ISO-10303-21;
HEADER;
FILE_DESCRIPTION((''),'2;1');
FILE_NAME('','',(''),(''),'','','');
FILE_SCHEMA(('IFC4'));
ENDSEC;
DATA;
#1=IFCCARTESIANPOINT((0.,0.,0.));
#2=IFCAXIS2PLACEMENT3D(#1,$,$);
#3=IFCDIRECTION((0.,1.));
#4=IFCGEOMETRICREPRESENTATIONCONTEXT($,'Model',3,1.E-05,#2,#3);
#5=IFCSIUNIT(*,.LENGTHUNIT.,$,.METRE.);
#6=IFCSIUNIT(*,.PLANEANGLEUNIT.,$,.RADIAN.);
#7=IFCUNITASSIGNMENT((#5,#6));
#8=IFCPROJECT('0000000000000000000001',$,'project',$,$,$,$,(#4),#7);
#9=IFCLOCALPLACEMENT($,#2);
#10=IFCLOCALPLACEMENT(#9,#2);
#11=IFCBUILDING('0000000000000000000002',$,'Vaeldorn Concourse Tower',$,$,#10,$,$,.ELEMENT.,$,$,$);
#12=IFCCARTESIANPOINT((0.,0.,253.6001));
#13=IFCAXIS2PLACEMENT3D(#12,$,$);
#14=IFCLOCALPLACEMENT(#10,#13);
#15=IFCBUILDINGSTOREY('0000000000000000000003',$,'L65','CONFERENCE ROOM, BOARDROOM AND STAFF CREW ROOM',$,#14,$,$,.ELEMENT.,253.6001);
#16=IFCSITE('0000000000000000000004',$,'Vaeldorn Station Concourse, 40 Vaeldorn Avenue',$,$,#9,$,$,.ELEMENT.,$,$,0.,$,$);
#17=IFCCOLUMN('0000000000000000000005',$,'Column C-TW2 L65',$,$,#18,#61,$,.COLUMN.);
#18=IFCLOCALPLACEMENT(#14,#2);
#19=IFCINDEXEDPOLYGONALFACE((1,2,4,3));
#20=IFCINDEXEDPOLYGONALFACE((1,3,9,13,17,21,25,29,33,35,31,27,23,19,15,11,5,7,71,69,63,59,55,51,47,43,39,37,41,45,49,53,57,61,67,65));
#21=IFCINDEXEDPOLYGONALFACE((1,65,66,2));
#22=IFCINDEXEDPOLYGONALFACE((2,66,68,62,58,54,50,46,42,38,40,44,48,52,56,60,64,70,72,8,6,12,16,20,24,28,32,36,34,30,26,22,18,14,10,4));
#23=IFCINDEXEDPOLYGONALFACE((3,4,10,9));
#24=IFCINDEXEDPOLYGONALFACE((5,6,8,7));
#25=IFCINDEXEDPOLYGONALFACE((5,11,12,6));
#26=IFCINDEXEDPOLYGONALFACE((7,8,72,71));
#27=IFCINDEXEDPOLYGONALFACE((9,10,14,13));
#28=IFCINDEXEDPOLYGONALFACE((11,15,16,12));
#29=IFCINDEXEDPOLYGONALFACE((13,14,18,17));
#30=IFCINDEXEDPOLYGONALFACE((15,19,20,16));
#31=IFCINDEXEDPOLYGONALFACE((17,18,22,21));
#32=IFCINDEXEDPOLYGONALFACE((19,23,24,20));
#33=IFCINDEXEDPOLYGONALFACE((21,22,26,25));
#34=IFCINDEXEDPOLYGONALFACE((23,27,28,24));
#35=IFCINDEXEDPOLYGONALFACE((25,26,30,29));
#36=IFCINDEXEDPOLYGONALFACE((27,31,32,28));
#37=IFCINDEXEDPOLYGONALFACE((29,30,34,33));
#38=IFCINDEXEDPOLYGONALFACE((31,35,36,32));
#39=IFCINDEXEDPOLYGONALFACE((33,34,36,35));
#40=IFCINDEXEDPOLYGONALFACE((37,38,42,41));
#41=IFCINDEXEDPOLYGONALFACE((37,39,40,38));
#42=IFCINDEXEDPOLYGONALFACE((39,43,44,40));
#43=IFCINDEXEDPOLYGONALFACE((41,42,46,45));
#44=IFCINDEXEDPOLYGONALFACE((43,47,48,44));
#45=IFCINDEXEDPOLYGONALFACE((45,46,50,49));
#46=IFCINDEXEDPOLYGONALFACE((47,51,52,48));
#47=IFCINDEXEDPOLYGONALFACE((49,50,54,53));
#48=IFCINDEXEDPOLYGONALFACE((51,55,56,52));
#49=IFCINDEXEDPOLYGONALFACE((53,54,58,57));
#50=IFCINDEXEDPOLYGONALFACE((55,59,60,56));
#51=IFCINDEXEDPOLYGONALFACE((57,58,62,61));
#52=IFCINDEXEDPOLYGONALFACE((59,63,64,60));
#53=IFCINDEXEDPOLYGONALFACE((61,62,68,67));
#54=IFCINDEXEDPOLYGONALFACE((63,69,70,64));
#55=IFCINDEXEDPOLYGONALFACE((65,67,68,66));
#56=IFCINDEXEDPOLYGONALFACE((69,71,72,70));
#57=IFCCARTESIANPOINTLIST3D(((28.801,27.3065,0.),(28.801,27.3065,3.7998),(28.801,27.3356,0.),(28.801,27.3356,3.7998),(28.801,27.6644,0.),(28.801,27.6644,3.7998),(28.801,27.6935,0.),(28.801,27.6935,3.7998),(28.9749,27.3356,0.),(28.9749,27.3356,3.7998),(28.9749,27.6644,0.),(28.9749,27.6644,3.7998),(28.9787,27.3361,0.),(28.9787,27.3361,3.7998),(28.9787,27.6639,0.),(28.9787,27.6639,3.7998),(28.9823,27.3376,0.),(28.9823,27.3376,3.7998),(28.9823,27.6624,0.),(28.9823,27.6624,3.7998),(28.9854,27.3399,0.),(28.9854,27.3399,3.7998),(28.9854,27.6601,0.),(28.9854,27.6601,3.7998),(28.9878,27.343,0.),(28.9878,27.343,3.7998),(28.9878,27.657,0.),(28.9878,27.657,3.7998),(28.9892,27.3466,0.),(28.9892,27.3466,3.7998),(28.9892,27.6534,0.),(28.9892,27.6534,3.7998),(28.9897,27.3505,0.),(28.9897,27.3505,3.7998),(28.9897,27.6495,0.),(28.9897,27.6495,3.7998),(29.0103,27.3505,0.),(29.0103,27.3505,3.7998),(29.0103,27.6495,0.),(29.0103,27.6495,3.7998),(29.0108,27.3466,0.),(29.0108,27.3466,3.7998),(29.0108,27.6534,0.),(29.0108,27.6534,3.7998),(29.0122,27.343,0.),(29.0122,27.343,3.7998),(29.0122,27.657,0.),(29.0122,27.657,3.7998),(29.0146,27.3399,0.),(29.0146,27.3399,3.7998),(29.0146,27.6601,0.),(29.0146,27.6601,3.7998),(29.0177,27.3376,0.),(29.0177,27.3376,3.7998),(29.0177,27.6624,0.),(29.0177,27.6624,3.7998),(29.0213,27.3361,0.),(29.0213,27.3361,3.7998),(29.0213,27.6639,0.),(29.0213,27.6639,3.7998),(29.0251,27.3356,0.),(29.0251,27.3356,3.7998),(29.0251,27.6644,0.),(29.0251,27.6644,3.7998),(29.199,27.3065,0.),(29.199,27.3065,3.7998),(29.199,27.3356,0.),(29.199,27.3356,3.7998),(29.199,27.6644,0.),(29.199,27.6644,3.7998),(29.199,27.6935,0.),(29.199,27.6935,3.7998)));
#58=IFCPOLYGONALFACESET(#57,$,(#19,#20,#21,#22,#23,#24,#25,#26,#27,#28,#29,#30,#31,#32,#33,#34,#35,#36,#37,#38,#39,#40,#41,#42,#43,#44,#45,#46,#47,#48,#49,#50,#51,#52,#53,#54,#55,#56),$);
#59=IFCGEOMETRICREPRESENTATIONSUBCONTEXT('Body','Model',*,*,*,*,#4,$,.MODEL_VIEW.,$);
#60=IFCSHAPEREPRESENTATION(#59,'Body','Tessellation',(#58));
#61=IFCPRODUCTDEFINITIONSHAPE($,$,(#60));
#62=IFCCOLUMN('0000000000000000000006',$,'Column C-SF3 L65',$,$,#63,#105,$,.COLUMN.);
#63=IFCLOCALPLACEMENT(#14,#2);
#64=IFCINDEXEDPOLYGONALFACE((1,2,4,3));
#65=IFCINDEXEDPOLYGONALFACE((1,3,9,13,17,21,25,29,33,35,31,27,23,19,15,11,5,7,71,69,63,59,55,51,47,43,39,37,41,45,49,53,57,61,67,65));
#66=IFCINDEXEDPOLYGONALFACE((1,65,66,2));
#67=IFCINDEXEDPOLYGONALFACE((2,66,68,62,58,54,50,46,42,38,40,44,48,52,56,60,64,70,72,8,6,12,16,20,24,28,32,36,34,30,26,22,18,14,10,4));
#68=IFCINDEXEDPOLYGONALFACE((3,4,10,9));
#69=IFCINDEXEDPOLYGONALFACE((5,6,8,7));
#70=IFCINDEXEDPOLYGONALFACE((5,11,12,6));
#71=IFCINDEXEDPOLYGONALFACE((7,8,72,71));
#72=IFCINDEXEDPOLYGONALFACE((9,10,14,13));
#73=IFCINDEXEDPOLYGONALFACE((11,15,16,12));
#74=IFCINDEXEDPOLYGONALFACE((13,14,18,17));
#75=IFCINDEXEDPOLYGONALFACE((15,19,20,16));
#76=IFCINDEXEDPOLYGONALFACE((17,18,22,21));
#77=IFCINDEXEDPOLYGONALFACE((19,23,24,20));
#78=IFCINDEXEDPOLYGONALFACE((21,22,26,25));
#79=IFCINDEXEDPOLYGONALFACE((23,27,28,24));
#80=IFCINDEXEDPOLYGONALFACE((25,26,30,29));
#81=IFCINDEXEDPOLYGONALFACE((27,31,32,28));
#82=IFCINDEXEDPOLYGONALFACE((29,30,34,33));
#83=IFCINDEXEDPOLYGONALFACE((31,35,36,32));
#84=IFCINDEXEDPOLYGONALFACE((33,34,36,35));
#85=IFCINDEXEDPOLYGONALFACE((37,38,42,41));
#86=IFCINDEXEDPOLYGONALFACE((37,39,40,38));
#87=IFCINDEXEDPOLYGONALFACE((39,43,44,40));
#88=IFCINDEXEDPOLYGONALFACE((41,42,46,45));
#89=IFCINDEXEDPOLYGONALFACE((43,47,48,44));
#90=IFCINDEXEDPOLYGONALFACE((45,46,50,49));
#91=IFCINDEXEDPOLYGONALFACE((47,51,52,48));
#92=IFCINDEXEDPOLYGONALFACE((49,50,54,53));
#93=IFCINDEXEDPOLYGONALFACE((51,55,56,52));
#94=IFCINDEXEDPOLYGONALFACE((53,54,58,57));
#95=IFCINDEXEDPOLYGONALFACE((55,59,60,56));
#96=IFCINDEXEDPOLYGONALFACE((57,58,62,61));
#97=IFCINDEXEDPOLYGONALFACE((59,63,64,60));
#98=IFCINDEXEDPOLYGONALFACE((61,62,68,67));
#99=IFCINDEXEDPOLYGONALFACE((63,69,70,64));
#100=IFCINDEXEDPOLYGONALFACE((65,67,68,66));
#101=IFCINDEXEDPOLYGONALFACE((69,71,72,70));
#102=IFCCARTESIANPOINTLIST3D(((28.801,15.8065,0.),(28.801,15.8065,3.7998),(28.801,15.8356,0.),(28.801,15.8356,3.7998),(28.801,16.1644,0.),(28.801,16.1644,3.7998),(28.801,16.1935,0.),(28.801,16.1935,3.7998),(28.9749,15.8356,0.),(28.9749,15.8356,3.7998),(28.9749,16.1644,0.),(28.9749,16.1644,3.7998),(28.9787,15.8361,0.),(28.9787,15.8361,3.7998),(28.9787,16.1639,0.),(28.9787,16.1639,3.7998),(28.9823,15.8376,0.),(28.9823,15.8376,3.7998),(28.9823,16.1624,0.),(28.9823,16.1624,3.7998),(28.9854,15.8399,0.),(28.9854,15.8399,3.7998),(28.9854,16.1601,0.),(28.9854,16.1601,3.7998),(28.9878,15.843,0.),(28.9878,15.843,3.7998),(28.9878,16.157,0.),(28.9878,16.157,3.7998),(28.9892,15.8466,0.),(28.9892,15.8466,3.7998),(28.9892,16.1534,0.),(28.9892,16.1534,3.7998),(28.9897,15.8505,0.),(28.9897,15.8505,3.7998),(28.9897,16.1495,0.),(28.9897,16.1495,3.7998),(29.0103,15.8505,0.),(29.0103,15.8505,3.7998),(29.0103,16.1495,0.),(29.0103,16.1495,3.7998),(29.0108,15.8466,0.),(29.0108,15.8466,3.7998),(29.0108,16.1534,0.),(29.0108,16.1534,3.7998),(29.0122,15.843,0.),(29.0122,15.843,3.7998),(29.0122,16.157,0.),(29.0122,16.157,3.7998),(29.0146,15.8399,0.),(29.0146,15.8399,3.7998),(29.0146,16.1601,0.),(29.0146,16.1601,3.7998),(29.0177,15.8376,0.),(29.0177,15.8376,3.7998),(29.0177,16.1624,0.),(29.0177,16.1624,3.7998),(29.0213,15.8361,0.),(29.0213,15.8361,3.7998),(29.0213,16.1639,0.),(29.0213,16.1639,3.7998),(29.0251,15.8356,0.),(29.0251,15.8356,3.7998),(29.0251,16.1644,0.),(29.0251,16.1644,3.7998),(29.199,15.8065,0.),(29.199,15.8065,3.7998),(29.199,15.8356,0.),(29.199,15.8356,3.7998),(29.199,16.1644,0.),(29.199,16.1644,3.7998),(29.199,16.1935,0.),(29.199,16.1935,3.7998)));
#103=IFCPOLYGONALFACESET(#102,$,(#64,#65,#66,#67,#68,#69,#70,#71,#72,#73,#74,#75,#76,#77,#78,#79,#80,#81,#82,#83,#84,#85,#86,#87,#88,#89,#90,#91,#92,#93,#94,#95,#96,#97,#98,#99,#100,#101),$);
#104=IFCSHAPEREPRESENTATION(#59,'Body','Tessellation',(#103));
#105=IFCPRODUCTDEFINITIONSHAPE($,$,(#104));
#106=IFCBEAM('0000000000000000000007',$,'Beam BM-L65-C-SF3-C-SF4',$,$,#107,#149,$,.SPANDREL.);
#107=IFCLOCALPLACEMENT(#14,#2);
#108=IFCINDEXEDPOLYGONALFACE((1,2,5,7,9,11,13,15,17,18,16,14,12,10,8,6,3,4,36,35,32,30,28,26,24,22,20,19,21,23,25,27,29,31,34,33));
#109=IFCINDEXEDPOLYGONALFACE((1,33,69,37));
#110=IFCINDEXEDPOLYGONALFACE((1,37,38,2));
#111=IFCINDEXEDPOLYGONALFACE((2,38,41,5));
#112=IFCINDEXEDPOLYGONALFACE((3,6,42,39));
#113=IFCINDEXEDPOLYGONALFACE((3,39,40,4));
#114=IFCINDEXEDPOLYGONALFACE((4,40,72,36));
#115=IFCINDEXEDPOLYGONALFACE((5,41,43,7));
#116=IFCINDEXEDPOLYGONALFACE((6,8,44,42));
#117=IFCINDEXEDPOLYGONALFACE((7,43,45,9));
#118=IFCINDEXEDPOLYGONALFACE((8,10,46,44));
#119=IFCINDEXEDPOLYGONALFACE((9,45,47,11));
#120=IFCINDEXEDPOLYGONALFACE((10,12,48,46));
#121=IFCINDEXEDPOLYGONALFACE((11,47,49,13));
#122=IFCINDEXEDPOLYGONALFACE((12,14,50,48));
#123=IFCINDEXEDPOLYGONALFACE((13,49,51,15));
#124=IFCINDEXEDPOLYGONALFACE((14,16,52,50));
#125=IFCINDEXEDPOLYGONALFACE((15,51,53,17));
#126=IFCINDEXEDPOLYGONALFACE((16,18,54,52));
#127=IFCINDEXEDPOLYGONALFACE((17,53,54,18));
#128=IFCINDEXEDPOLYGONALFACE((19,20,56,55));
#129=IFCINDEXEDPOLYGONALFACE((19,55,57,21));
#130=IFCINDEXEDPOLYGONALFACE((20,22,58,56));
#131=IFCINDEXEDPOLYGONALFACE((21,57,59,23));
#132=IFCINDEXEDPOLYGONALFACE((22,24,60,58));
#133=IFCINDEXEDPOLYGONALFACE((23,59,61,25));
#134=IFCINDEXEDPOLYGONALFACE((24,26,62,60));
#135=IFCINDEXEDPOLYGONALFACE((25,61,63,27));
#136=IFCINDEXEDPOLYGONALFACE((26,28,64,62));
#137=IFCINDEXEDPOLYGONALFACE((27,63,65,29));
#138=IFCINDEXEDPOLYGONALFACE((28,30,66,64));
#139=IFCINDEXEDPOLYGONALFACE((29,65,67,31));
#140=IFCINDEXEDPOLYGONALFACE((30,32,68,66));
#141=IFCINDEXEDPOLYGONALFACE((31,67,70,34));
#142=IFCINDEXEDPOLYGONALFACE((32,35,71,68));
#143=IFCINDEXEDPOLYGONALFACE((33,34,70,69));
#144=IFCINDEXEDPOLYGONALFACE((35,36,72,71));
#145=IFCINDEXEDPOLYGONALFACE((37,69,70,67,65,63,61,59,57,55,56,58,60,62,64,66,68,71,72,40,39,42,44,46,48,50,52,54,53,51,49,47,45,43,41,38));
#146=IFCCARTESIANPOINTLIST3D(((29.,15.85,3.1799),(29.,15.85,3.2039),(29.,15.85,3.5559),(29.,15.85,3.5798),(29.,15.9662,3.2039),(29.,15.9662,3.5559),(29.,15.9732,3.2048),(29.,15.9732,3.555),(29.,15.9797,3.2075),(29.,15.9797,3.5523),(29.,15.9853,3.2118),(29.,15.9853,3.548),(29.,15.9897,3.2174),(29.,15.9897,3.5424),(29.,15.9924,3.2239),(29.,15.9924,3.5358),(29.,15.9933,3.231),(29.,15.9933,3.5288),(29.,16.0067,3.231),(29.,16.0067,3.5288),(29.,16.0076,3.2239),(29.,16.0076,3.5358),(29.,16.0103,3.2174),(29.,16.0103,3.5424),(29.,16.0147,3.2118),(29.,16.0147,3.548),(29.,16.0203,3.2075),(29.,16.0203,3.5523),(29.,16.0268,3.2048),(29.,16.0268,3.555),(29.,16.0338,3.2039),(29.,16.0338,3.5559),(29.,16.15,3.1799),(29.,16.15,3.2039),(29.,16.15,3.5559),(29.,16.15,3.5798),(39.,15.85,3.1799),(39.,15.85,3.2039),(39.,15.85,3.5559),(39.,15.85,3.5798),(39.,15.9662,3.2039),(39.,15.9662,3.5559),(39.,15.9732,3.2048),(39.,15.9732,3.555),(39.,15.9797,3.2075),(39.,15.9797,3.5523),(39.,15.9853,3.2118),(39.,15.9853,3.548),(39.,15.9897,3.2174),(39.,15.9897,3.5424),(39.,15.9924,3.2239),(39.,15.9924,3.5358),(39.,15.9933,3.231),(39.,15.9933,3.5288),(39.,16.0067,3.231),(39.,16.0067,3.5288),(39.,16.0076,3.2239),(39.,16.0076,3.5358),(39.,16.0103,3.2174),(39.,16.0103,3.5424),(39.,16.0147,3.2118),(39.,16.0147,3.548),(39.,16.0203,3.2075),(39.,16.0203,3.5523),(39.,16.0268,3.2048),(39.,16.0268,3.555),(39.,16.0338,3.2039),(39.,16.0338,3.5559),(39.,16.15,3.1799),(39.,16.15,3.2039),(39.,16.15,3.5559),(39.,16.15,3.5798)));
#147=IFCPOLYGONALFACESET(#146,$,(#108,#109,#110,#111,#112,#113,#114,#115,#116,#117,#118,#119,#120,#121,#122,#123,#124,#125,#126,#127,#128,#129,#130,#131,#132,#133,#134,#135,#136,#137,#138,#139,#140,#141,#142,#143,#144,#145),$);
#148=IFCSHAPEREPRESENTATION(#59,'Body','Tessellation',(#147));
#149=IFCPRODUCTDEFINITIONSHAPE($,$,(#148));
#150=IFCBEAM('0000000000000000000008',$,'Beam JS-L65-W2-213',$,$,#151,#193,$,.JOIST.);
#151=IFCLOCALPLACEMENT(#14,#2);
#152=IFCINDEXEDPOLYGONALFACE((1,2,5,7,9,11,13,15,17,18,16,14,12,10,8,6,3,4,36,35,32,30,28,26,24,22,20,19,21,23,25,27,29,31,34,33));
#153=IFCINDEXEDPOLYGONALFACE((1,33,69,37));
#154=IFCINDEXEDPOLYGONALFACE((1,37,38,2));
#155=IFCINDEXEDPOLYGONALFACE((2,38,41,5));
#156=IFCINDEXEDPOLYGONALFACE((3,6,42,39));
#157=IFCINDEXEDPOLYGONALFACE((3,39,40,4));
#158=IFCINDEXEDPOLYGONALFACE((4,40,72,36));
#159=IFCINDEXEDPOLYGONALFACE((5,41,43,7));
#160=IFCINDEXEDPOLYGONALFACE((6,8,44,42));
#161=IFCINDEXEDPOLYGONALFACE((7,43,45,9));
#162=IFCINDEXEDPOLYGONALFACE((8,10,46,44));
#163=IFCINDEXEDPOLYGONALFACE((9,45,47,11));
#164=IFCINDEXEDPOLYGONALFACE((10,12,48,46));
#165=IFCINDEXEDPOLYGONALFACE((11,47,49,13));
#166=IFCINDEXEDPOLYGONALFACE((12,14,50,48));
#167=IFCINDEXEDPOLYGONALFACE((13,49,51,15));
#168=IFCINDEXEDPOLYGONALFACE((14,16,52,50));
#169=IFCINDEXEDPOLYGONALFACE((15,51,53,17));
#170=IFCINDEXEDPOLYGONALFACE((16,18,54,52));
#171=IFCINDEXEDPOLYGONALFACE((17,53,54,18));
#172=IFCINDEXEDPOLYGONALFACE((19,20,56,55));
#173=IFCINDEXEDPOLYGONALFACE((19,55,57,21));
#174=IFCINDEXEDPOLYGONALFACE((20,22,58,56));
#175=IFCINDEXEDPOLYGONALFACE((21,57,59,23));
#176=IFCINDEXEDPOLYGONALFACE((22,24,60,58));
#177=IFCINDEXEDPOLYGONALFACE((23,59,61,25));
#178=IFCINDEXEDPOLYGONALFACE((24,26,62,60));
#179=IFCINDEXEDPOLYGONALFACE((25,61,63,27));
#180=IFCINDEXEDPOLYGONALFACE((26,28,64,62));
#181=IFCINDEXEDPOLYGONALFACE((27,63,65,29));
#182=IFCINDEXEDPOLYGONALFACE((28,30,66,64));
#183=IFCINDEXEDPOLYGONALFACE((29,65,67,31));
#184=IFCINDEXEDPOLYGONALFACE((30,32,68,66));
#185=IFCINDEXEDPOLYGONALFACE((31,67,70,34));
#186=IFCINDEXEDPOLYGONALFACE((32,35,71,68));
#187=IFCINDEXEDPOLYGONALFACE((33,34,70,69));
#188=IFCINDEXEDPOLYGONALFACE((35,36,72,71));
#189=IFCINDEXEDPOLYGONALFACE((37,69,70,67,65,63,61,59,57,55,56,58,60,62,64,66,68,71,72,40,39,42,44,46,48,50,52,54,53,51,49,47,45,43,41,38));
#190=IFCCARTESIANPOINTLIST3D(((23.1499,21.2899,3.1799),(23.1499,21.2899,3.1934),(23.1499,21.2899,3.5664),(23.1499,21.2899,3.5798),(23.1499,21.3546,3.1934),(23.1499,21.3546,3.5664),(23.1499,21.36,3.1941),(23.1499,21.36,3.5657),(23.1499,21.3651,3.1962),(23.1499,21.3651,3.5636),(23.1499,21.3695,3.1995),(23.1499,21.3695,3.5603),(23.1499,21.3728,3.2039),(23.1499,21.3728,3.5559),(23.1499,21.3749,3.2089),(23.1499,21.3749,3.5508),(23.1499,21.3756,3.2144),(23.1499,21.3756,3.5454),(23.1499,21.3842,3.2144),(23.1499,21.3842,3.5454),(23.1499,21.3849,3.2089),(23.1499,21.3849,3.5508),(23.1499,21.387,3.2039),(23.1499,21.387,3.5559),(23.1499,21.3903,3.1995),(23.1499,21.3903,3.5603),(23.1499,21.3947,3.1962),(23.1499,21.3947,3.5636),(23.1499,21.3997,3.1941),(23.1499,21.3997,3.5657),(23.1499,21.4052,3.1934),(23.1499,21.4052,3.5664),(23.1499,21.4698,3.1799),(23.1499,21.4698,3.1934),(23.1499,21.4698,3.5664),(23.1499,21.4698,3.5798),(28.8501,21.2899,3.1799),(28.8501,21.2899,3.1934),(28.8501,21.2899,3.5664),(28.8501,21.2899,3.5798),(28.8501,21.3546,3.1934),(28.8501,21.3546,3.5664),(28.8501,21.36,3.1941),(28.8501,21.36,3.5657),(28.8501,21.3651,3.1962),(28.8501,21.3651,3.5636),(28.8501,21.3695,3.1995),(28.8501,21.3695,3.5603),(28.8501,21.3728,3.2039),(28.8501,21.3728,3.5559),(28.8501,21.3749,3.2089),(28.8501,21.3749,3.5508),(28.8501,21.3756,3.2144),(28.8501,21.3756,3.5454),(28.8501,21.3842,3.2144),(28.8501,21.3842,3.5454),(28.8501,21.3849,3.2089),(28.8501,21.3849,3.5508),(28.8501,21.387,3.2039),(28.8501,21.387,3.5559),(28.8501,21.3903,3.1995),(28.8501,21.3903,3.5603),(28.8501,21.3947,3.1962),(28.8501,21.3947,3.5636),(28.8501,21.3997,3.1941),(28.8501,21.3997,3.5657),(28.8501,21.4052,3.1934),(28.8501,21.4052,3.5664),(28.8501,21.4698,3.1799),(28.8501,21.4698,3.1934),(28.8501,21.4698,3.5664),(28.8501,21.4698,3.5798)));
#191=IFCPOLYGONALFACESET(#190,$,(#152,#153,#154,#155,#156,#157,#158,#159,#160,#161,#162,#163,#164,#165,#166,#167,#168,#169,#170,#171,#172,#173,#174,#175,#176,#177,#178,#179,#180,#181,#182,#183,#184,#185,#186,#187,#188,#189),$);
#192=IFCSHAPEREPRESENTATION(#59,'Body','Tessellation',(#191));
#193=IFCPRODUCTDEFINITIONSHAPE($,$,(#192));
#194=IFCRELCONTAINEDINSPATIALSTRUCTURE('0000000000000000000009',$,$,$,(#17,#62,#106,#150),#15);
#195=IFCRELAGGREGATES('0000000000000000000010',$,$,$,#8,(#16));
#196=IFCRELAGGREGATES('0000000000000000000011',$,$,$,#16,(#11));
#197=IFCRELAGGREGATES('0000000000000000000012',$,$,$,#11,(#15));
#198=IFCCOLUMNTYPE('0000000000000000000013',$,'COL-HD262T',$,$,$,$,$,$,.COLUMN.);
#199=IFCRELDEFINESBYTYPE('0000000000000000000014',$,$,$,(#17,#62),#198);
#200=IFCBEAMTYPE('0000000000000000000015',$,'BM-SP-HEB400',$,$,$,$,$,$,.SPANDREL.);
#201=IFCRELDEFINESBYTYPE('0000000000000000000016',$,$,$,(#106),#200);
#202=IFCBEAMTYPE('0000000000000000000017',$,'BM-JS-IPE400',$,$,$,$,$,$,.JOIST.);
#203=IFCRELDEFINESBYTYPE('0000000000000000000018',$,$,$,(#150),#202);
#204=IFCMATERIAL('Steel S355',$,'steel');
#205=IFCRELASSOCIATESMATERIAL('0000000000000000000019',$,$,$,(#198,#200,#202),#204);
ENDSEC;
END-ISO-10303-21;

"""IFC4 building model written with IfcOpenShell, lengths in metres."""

from ifc_helpers import new_model, si_unit, direction, frame, origin, origin_2d, place, context, subcontext, project, spatial, i_section, extrude, source, transform, mapped, material, material_profile, profile_set, type_object, element, save


model = new_model("IFC4")

# Units and contexts
model_context = context("Model", 3, precision=1e-05, world=origin(), true_north=direction((0.0, 1.0)))
body_context = subcontext(model_context, "Body", "Model", "MODEL_VIEW")
ifc_project = project(units=[si_unit("LENGTHUNIT", "METRE"), si_unit("PLANEANGLEUNIT", "RADIAN")], contexts=[model_context])

# Site, building, storey
site_placement = place(None, origin())
site = spatial("IfcSite", under=ifc_project, at=site_placement, Name="Vaeldorn Station Concourse, 40 Vaeldorn Avenue", CompositionType="ELEMENT", RefElevation=0.0)
building_placement = place(site_placement, origin())
building = spatial("IfcBuilding", under=site, at=building_placement, Name="Vaeldorn Concourse Tower", CompositionType="ELEMENT")
storey_placement = place(building_placement, frame((0.0, 0.0, 253.6001)))
storey = spatial("IfcBuildingStorey", under=building, at=storey_placement, Name="L65", Description="CONFERENCE ROOM, BOARDROOM AND STAFF CREW ROOM", CompositionType="ELEMENT", Elevation=253.6001)

# Columns
ifc_material_1 = material(Name="Steel S355", Category="steel")
ifc_material_profile_1 = material_profile(ifc_material_1, i_section(OverallWidth=0.3979, OverallDepth=0.387, WebThickness=0.0205, FlangeThickness=0.0291, FilletRadius=0.0149, at=origin_2d()), Name="HD 400x262")
ifc_profile_set_1 = profile_set([ifc_material_profile_1], Name="Steel S355")
column_type = type_object("IfcColumnType", Name="COL-HD262T", PredefinedType="COLUMN", material=ifc_profile_set_1)
shared_shape_1 = source(origin(), body_context, "Body", "SweptSolid", [
    extrude(i_section(OverallWidth=0.3979, OverallDepth=0.387, WebThickness=0.0205, FlangeThickness=0.0291, FilletRadius=0.0149, at=origin_2d()), origin(), (0.0, 0.0, 1.0), 3.7998),
])
for number, where, z_axis, x_axis, name in (
    (1, (29.0, 27.5, 0.0), (0.0, 0.0, 1.0), (1.0, 0.0, 0.0), "Column C-TW2 L65"),
    (2, (29.0, 16.0, 0.0), (0.0, 0.0, 1.0), (1.0, 0.0, 0.0), "Column C-SF3 L65"),
):
    element("IfcColumn", number, at=place(storey_placement, frame(where, z_axis=z_axis, x_axis=x_axis)), inside=storey, type_object=column_type, Name=name, PredefinedType="COLUMN", context=body_context, shape_type="MappedRepresentation", body=[
        mapped(shared_shape_1, transform((0.0, 0.0, 0.0), scale=1.0)),
    ])

# Beams
ifc_material_profile_2 = material_profile(ifc_material_1, i_section(OverallWidth=0.3, OverallDepth=0.3999, WebThickness=0.0134, FlangeThickness=0.0239, FilletRadius=0.0271, at=origin_2d()), Name="HEB 400")
ifc_profile_set_2 = profile_set([ifc_material_profile_2], Name="Steel S355")
beam_type_1 = type_object("IfcBeamType", Name="BM-SP-HEB400", PredefinedType="SPANDREL", material=ifc_profile_set_2)
shared_shape_2 = source(origin(), body_context, "Body", "SweptSolid", [
    extrude(i_section(OverallWidth=0.3, OverallDepth=0.3999, WebThickness=0.0134, FlangeThickness=0.0239, FilletRadius=0.0271, at=origin_2d()), origin(), (0.0, 0.0, 1.0), 10.0),
])
beam_1_placement = place(storey_placement, frame((29.0, 16.0, 3.3799), z_axis=(1.0, 0.0, 0.0), x_axis=(0.0, 1.0, 0.0)))
element("IfcBeam", 3, at=beam_1_placement, inside=storey, type_object=beam_type_1, Name="Beam BM-L65-C-SF3-C-SF4", PredefinedType="SPANDREL", context=body_context, shape_type="MappedRepresentation", body=[
    mapped(shared_shape_2, transform((0.0, 0.0, 0.0), scale=1.0)),
])
ifc_material_profile_3 = material_profile(ifc_material_1, i_section(OverallWidth=0.1799, OverallDepth=0.3999, WebThickness=0.0085, FlangeThickness=0.0134, FilletRadius=0.021, at=origin_2d()), Name="IPE 400")
ifc_profile_set_3 = profile_set([ifc_material_profile_3], Name="Steel S355")
beam_type_2 = type_object("IfcBeamType", Name="BM-JS-IPE400", PredefinedType="JOIST", material=ifc_profile_set_3)
shared_shape_3 = source(origin(), body_context, "Body", "SweptSolid", [
    extrude(i_section(OverallWidth=0.1799, OverallDepth=0.3999, WebThickness=0.0085, FlangeThickness=0.0134, FilletRadius=0.021, at=origin_2d()), origin(), (0.0, 0.0, 1.0), 5.7002),
])
for number, where, z_axis, x_axis, name in (
    (4, (23.1499, 21.3799, 3.3799), (1.0, 0.0, 0.0), (0.0, 1.0, 0.0), "Beam JS-L65-W2-213"),
):
    element("IfcBeam", number, at=place(storey_placement, frame(where, z_axis=z_axis, x_axis=x_axis)), inside=storey, type_object=beam_type_2, Name=name, PredefinedType="JOIST", context=body_context, shape_type="MappedRepresentation", body=[
        mapped(shared_shape_3, transform((0.0, 0.0, 0.0), scale=1.0)),
    ])

save(model, "model.ifc")
